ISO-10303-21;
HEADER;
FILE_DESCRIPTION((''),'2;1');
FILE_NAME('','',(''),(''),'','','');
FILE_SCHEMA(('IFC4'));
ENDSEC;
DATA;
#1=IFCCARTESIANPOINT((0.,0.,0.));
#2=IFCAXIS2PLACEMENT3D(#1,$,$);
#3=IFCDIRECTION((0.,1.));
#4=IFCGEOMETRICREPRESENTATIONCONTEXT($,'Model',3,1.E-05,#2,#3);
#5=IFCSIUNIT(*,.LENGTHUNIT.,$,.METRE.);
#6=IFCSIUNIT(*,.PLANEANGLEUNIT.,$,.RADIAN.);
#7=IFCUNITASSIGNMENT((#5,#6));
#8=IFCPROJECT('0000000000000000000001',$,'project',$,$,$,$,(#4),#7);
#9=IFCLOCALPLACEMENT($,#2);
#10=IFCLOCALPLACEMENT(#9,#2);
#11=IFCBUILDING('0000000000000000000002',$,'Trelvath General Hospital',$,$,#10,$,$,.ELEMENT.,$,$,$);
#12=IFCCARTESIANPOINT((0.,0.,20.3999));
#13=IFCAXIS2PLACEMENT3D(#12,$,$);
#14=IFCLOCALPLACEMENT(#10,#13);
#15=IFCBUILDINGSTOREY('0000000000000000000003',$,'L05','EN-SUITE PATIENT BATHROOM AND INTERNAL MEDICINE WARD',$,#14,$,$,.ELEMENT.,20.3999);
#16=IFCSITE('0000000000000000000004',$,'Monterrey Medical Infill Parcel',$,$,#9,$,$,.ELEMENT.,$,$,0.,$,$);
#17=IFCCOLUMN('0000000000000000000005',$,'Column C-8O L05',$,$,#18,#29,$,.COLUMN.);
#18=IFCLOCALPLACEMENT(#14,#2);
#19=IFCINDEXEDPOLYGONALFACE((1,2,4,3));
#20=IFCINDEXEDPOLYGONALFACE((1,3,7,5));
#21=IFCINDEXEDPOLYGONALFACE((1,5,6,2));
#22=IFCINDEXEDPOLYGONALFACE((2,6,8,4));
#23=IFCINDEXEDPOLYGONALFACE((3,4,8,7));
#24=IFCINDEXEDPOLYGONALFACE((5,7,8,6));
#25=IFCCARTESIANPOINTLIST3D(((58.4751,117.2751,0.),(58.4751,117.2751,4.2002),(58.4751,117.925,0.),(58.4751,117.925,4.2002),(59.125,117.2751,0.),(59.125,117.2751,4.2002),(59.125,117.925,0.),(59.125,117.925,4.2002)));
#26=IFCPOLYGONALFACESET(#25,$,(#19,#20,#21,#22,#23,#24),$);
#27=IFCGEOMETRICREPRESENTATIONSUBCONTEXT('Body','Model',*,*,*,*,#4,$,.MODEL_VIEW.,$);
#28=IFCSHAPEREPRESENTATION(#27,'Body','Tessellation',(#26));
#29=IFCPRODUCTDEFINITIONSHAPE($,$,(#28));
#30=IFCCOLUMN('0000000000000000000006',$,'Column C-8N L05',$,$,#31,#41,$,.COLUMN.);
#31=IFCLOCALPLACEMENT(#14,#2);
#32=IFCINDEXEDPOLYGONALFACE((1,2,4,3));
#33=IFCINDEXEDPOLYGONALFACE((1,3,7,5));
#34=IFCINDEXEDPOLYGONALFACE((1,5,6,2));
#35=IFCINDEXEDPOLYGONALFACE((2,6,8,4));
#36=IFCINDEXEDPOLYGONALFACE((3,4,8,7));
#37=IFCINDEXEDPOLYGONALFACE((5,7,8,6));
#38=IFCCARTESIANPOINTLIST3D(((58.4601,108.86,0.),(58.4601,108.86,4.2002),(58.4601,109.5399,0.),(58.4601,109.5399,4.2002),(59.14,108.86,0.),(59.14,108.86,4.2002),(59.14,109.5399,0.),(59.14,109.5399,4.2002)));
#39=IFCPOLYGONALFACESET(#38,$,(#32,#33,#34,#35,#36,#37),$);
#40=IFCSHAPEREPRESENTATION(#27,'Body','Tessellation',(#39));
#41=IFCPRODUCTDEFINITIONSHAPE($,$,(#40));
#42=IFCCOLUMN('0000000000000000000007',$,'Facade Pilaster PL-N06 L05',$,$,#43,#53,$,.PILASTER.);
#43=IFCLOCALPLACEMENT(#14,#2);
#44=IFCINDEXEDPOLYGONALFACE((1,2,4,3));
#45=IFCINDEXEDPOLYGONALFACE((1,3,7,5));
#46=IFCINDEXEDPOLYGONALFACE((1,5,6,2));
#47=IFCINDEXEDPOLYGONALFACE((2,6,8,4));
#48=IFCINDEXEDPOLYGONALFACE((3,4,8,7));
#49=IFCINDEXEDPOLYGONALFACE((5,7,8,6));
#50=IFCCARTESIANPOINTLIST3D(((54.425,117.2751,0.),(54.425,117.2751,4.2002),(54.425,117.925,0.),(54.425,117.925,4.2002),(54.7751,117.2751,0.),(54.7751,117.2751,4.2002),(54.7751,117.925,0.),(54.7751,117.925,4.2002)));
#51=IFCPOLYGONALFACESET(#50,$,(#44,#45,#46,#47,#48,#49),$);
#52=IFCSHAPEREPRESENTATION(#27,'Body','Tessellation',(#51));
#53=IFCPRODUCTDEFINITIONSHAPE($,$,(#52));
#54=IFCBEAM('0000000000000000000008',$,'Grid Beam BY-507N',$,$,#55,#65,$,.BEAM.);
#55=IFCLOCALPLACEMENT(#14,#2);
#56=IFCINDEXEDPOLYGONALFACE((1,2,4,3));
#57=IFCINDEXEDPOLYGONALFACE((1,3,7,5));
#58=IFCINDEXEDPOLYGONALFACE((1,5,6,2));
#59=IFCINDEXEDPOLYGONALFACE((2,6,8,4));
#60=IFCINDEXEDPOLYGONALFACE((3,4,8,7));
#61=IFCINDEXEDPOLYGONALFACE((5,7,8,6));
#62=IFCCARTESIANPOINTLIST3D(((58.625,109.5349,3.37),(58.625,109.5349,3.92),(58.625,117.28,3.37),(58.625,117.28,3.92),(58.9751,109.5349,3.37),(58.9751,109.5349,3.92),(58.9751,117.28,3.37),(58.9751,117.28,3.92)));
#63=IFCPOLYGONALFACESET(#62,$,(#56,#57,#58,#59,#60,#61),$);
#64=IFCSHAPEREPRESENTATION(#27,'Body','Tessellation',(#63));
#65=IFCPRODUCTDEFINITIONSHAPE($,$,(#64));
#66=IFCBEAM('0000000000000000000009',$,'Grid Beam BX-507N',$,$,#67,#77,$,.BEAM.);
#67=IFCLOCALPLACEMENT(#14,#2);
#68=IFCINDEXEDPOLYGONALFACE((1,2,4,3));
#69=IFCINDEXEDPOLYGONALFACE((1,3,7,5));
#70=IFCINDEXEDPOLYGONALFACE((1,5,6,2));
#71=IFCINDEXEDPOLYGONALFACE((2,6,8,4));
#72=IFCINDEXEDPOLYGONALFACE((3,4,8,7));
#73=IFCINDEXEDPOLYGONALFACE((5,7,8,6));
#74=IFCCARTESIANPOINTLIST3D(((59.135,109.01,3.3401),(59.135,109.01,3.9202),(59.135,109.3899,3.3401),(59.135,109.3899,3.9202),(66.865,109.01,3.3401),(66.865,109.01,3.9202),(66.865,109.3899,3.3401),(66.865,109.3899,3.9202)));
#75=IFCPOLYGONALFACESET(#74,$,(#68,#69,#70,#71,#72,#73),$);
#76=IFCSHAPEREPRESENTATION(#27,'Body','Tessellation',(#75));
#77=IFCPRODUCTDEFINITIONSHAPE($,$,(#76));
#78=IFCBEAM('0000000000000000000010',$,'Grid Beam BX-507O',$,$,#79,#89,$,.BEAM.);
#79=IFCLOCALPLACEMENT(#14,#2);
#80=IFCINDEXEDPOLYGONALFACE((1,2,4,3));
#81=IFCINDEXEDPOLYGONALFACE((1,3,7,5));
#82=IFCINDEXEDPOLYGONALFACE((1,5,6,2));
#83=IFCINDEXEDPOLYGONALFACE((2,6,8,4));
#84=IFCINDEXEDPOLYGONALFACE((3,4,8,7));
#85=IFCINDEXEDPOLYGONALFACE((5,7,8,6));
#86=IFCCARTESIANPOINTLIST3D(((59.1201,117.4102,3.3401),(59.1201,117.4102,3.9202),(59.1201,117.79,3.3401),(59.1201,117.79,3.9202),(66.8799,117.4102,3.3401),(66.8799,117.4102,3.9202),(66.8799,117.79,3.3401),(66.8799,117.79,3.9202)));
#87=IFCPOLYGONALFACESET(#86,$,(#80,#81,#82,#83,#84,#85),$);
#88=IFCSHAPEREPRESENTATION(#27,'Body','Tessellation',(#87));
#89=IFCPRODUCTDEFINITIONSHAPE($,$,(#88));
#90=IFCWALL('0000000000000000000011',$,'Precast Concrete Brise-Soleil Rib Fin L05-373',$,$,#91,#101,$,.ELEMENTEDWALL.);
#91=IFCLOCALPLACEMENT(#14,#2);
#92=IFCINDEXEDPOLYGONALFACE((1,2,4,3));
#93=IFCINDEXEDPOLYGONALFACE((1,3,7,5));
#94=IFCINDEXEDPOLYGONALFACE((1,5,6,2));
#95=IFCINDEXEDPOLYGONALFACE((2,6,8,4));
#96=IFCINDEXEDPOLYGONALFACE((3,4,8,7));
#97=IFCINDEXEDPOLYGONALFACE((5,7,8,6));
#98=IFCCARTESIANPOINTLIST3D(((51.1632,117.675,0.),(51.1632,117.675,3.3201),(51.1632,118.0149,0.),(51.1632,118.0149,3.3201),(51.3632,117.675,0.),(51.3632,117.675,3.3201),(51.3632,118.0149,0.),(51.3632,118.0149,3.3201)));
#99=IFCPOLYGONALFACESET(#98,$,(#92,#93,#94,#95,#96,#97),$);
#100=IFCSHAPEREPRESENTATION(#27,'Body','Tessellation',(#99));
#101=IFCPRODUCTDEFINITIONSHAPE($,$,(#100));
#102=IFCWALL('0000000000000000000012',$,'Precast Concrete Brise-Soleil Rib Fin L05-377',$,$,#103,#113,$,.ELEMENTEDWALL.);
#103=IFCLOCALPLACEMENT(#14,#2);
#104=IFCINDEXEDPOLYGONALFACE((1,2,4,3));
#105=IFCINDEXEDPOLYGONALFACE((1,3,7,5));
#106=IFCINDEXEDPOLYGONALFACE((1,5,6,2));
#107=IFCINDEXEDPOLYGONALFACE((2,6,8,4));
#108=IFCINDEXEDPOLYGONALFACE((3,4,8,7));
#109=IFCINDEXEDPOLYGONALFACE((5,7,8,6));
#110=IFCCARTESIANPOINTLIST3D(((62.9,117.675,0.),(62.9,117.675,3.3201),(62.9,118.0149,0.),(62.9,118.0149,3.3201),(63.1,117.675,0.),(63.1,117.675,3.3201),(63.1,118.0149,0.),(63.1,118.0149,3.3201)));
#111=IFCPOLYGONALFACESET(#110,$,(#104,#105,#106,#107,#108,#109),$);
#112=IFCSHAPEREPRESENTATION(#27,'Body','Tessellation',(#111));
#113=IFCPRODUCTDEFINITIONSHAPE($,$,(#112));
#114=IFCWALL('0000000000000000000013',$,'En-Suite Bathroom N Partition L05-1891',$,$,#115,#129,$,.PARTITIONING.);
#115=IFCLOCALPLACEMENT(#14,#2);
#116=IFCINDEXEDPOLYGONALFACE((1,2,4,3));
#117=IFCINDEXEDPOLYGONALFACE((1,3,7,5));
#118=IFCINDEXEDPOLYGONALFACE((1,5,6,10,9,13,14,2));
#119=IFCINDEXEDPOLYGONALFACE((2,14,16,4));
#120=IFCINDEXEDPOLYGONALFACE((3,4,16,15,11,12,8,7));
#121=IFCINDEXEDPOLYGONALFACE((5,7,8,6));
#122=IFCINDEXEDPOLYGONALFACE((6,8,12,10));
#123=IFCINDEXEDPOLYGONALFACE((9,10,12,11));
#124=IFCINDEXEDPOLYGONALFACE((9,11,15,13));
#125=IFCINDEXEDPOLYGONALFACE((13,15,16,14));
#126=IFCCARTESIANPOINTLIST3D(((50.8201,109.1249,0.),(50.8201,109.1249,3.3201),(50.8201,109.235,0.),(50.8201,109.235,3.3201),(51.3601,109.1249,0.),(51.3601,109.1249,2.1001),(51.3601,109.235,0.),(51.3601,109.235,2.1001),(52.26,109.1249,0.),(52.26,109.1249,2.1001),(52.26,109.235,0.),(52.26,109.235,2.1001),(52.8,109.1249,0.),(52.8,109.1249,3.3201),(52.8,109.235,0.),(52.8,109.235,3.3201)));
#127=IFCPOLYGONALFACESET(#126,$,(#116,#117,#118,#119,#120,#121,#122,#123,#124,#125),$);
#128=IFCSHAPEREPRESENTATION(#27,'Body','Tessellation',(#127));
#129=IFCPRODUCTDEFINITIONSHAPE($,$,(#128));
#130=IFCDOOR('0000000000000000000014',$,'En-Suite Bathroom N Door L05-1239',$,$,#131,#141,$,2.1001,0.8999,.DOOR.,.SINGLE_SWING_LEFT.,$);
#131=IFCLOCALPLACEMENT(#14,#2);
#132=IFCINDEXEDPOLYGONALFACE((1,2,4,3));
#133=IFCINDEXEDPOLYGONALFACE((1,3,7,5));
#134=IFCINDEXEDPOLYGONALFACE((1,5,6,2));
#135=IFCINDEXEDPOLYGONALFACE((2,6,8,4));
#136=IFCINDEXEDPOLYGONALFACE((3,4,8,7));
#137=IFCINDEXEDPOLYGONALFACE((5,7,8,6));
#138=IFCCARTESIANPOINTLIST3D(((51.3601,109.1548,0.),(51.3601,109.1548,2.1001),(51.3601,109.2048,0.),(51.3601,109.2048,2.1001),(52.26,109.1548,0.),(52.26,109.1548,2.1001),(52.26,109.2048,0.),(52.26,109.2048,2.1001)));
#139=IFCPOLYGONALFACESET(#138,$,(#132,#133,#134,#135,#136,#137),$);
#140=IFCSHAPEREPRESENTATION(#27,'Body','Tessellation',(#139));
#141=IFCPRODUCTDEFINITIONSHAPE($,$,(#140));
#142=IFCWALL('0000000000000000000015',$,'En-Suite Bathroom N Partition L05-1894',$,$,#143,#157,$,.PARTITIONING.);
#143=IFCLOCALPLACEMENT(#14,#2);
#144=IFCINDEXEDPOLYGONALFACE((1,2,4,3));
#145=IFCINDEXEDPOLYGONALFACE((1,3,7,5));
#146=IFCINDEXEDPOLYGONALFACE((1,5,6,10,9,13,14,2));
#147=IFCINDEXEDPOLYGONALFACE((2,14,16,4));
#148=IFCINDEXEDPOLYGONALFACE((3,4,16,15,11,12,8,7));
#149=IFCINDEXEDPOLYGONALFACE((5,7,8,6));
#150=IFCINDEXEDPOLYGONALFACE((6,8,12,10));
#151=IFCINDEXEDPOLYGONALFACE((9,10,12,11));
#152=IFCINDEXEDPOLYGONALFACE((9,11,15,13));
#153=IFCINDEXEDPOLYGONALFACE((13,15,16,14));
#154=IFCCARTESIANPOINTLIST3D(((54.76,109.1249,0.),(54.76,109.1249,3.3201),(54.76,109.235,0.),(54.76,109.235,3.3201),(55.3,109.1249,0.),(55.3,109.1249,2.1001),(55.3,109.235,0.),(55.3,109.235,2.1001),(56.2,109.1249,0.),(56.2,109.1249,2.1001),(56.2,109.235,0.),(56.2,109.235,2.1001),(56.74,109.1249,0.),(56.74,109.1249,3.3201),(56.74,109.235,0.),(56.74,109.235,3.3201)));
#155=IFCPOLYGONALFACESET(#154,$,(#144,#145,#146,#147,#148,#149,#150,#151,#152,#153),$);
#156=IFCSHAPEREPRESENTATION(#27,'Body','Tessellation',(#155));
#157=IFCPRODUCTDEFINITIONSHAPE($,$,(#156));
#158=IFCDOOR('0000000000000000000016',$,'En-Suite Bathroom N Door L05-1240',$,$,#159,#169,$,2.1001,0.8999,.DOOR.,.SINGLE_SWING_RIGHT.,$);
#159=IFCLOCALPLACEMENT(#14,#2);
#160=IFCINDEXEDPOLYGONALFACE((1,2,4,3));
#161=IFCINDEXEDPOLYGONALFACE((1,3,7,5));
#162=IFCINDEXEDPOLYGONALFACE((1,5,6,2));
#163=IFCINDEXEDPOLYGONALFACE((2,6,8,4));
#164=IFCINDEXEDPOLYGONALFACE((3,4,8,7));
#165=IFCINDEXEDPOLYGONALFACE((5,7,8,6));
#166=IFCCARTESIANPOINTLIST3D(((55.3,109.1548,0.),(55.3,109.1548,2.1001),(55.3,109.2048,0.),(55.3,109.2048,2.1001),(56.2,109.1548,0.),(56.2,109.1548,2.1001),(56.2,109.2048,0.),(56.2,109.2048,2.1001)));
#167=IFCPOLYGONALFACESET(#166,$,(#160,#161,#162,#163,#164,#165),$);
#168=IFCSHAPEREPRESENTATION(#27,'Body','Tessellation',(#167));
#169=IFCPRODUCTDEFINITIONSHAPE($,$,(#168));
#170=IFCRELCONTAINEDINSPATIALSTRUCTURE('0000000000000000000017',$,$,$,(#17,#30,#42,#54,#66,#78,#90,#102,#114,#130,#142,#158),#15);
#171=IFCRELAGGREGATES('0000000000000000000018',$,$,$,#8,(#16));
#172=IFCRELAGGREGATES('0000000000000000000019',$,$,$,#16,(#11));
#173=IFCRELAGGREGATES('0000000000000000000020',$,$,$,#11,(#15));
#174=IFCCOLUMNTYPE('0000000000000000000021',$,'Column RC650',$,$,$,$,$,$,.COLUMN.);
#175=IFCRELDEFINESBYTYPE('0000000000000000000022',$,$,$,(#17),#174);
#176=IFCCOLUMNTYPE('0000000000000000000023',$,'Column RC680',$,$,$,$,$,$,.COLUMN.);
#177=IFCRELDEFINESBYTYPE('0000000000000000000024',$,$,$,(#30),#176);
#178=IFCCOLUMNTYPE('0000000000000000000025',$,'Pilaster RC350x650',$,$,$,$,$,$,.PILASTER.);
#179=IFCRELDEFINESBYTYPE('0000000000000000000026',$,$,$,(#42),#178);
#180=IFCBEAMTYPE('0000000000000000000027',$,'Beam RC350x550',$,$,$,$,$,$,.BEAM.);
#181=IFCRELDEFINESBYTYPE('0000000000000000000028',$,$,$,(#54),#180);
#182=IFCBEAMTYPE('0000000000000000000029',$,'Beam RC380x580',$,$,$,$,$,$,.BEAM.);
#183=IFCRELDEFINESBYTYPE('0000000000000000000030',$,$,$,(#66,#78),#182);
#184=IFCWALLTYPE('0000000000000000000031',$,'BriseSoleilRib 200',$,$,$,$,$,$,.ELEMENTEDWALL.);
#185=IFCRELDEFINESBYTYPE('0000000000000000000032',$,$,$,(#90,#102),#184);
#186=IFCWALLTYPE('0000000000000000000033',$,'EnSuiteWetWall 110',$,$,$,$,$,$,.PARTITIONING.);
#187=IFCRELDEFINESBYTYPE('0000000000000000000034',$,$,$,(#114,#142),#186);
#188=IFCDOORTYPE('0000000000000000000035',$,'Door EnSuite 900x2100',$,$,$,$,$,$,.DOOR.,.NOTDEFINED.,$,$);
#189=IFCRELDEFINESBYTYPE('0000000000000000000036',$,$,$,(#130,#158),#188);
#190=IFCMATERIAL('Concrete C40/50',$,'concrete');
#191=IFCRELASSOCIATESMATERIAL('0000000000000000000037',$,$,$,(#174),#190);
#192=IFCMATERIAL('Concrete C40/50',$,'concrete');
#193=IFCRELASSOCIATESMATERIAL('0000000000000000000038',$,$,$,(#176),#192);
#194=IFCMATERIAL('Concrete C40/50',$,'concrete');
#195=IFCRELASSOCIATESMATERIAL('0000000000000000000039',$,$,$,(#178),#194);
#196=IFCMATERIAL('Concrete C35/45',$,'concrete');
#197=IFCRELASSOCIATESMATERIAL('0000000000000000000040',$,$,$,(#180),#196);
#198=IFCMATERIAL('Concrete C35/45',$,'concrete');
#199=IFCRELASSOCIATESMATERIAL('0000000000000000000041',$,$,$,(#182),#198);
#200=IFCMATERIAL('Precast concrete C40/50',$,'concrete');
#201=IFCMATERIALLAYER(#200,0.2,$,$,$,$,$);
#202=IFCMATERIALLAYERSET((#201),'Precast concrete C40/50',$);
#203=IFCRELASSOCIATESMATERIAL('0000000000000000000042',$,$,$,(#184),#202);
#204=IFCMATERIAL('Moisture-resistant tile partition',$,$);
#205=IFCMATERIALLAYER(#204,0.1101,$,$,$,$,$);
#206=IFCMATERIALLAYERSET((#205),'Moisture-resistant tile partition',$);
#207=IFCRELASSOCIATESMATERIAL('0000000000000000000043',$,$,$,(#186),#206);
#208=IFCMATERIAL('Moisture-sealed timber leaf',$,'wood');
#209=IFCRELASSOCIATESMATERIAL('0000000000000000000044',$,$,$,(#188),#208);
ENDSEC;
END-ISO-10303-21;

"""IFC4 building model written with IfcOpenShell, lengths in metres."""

from ifc_helpers import new_model, si_unit, direction, frame, frame_2d, origin, origin_2d, place, context, subcontext, project, spatial, rectangle, extrude, material, layer, layer_set, material_profile, profile_set, type_object, element, fill, save


model = new_model("IFC4")

# Units and contexts
model_context = context("Model", 3, precision=1e-05, world=origin(), true_north=direction((0.0, 1.0)))
body_context = subcontext(model_context, "Body", "Model", "MODEL_VIEW")
ifc_project = project(units=[si_unit("LENGTHUNIT", "METRE"), si_unit("PLANEANGLEUNIT", "RADIAN")], contexts=[model_context])

# Site, building, storey
site_placement = place(None, origin())
site = spatial("IfcSite", under=ifc_project, at=site_placement, Name="Monterrey Medical Infill Parcel", CompositionType="ELEMENT", RefElevation=0.0)
building_placement = place(site_placement, origin())
building = spatial("IfcBuilding", under=site, at=building_placement, Name="Trelvath General Hospital", CompositionType="ELEMENT")
storey_placement = place(building_placement, frame((0.0, 0.0, 20.3999)))
storey = spatial("IfcBuildingStorey", under=building, at=storey_placement, Name="L05", Description="EN-SUITE PATIENT BATHROOM AND INTERNAL MEDICINE WARD", CompositionType="ELEMENT", Elevation=20.3999)

# Columns
ifc_material_1 = material(Name="Concrete C40/50", Category="concrete")
ifc_material_profile_1 = material_profile(ifc_material_1, rectangle(XDim=0.6499, YDim=0.6499, at=origin_2d()), Name="RC650x650")
ifc_profile_set_1 = profile_set([ifc_material_profile_1], Name="Concrete C40/50")
column_type_1 = type_object("IfcColumnType", Name="Column RC650", PredefinedType="COLUMN", material=ifc_profile_set_1)
column_1_placement = place(storey_placement, frame((58.8, 117.6001, 0.0), z_axis=(0.0, 0.0, 1.0), x_axis=(1.0, 0.0, 0.0)))
element("IfcColumn", 1, at=column_1_placement, inside=storey, type_object=column_type_1, Name="Column C-8O L05", PredefinedType="COLUMN", context=body_context, shape_type="SweptSolid", body=[
    extrude(rectangle(XDim=0.6499, YDim=0.6499, at=origin_2d()), origin(), (0.0, 0.0, 1.0), 4.2002),
])
ifc_material_2 = material(Name="Concrete C40/50", Category="concrete")
ifc_material_profile_2 = material_profile(ifc_material_2, rectangle(XDim=0.6799, YDim=0.6799, at=origin_2d()), Name="RC680x680")
ifc_profile_set_2 = profile_set([ifc_material_profile_2], Name="Concrete C40/50")
column_type_2 = type_object("IfcColumnType", Name="Column RC680", PredefinedType="COLUMN", material=ifc_profile_set_2)
column_2_placement = place(storey_placement, frame((58.8, 109.2, 0.0), z_axis=(0.0, 0.0, 1.0), x_axis=(1.0, 0.0, 0.0)))
element("IfcColumn", 2, at=column_2_placement, inside=storey, type_object=column_type_2, Name="Column C-8N L05", PredefinedType="COLUMN", context=body_context, shape_type="SweptSolid", body=[
    extrude(rectangle(XDim=0.6799, YDim=0.6799, at=origin_2d()), origin(), (0.0, 0.0, 1.0), 4.2002),
])
ifc_material_3 = material(Name="Concrete C40/50", Category="concrete")
ifc_material_profile_3 = material_profile(ifc_material_3, rectangle(XDim=0.3501, YDim=0.6499, at=origin_2d()), Name="RC350x650")
ifc_profile_set_3 = profile_set([ifc_material_profile_3], Name="Concrete C40/50")
column_type_3 = type_object("IfcColumnType", Name="Pilaster RC350x650", PredefinedType="PILASTER", material=ifc_profile_set_3)
column_3_placement = place(storey_placement, frame((54.6001, 117.6001, 0.0), z_axis=(0.0, 0.0, 1.0), x_axis=(1.0, 0.0, 0.0)))
element("IfcColumn", 3, at=column_3_placement, inside=storey, type_object=column_type_3, Name="Facade Pilaster PL-N06 L05", PredefinedType="PILASTER", context=body_context, shape_type="SweptSolid", body=[
    extrude(rectangle(XDim=0.3501, YDim=0.6499, at=origin_2d()), origin(), (0.0, 0.0, 1.0), 4.2002),
])

# Beams
ifc_material_4 = material(Name="Concrete C35/45", Category="concrete")
ifc_material_profile_4 = material_profile(ifc_material_4, rectangle(XDim=0.3501, YDim=0.55, at=origin_2d()), Name="RCB350x550")
ifc_profile_set_4 = profile_set([ifc_material_profile_4], Name="Concrete C35/45")
beam_type_1 = type_object("IfcBeamType", Name="Beam RC350x550", PredefinedType="BEAM", material=ifc_profile_set_4)
beam_1_placement = place(storey_placement, frame((58.8, 109.5349, 3.645), z_axis=(0.0, 1.0, 0.0), x_axis=(-1.0, 0.0, 0.0)))
element("IfcBeam", 4, at=beam_1_placement, inside=storey, type_object=beam_type_1, Name="Grid Beam BY-507N", PredefinedType="BEAM", context=body_context, shape_type="SweptSolid", body=[
    extrude(rectangle(XDim=0.3501, YDim=0.55, at=origin_2d()), origin(), (0.0, 0.0, 1.0), 7.7451),
])
ifc_material_5 = material(Name="Concrete C35/45", Category="concrete")
ifc_material_profile_5 = material_profile(ifc_material_5, rectangle(XDim=0.3799, YDim=0.5801, at=origin_2d()), Name="RCB380x580")
ifc_profile_set_5 = profile_set([ifc_material_profile_5], Name="Concrete C35/45")
beam_type_2 = type_object("IfcBeamType", Name="Beam RC380x580", PredefinedType="BEAM", material=ifc_profile_set_5)
beam_2_placement = place(storey_placement, frame((59.135, 109.2, 3.6301), z_axis=(1.0, 0.0, 0.0), x_axis=(0.0, 1.0, 0.0)))
element("IfcBeam", 5, at=beam_2_placement, inside=storey, type_object=beam_type_2, Name="Grid Beam BX-507N", PredefinedType="BEAM", context=body_context, shape_type="SweptSolid", body=[
    extrude(rectangle(XDim=0.3799, YDim=0.5801, at=origin_2d()), origin(), (0.0, 0.0, 1.0), 7.73),
])
beam_3_placement = place(storey_placement, frame((59.1201, 117.6001, 3.6301), z_axis=(1.0, 0.0, 0.0), x_axis=(0.0, 1.0, 0.0)))
element("IfcBeam", 6, at=beam_3_placement, inside=storey, type_object=beam_type_2, Name="Grid Beam BX-507O", PredefinedType="BEAM", context=body_context, shape_type="SweptSolid", body=[
    extrude(rectangle(XDim=0.3799, YDim=0.5801, at=origin_2d()), origin(), (0.0, 0.0, 1.0), 7.7598),
])

# Walls
ifc_material_6 = material(Name="Precast concrete C40/50", Category="concrete")
ifc_layer_1 = layer(ifc_material_6, 0.2)
ifc_layer_set_1 = layer_set([ifc_layer_1], Name="Precast concrete C40/50")
wall_type_1 = type_object("IfcWallType", Name="BriseSoleilRib 200", PredefinedType="ELEMENTEDWALL", material=ifc_layer_set_1)
for number, where, z_axis, x_axis, name in (
    (7, (51.2632, 117.675, 0.0), (0.0, 0.0, 1.0), (0.0, 1.0, 0.0), "Precast Concrete Brise-Soleil Rib Fin L05-373"),
    (8, (63.0, 117.675, 0.0), (0.0, 0.0, 1.0), (0.0, 1.0, 0.0), "Precast Concrete Brise-Soleil Rib Fin L05-377"),
):
    element("IfcWall", number, at=place(storey_placement, frame(where, z_axis=z_axis, x_axis=x_axis)), inside=storey, type_object=wall_type_1, Name=name, PredefinedType="ELEMENTEDWALL", context=body_context, shape_type="SweptSolid", body=[
        extrude(rectangle(XDim=0.3398, YDim=0.2, at=frame_2d((0.1699, 0.0))), origin(), (0.0, 0.0, 1.0), 3.3201),
    ])

# Walls, openings, doors
ifc_material_7 = material(Name="Moisture-resistant tile partition")
ifc_layer_2 = layer(ifc_material_7, 0.1101)
ifc_layer_set_2 = layer_set([ifc_layer_2], Name="Moisture-resistant tile partition")
wall_type_2 = type_object("IfcWallType", Name="EnSuiteWetWall 110", PredefinedType="PARTITIONING", material=ifc_layer_set_2)
wall_1_placement = place(storey_placement, frame((50.8201, 109.1799, 0.0), z_axis=(0.0, 0.0, 1.0), x_axis=(1.0, 0.0, 0.0)))
wall_1 = element("IfcWall", 9, at=wall_1_placement, inside=storey, type_object=wall_type_2, Name="En-Suite Bathroom N Partition L05-1891", PredefinedType="PARTITIONING", context=body_context, shape_type="SweptSolid", body=[
    extrude(rectangle(XDim=1.98, YDim=0.1101, at=frame_2d((0.99, 0.0))), origin(), (0.0, 0.0, 1.0), 3.3201),
])
opening_1_placement = place(wall_1_placement, frame((0.54, 0.0, 0.0)))
opening_1 = element("IfcOpeningElement", 10, at=opening_1_placement, cuts=wall_1, PredefinedType="OPENING", context=body_context, shape_type="SweptSolid", body=[
    extrude(rectangle(XDim=0.8999, YDim=2.1001, at=frame_2d((0.45, 1.05))), frame((0.0, 0.0649, 0.0), z_axis=(0.0, -1.0, 0.0), x_axis=(1.0, 0.0, 0.0)), (0.0, 0.0, 1.0), 0.1301),
])
ifc_material_8 = material(Name="Moisture-sealed timber leaf", Category="wood")
door_type = type_object("IfcDoorType", Name="Door EnSuite 900x2100", OperationType="NOTDEFINED", PredefinedType="DOOR", material=ifc_material_8)
door_1_placement = place(opening_1_placement, origin())
door_1 = element("IfcDoor", 11, at=door_1_placement, inside=storey, type_object=door_type, Name="En-Suite Bathroom N Door L05-1239", OperationType="SINGLE_SWING_LEFT", OverallHeight=2.1001, OverallWidth=0.8999, PredefinedType="DOOR", context=body_context, shape_type="SweptSolid", body=[
    extrude(rectangle(XDim=0.8999, YDim=2.1001, at=frame_2d((0.45, 1.05))), frame((0.0, 0.0249, 0.0), z_axis=(0.0, -1.0, 0.0), x_axis=(1.0, 0.0, 0.0)), (0.0, 0.0, 1.0), 0.05),
])
fill(opening_1, door_1)
wall_2_placement = place(storey_placement, frame((54.76, 109.1799, 0.0), z_axis=(0.0, 0.0, 1.0), x_axis=(1.0, 0.0, 0.0)))
wall_2 = element("IfcWall", 12, at=wall_2_placement, inside=storey, type_object=wall_type_2, Name="En-Suite Bathroom N Partition L05-1894", PredefinedType="PARTITIONING", context=body_context, shape_type="SweptSolid", body=[
    extrude(rectangle(XDim=1.98, YDim=0.1101, at=frame_2d((0.99, 0.0))), origin(), (0.0, 0.0, 1.0), 3.3201),
])
opening_2_placement = place(wall_2_placement, frame((0.54, 0.0, 0.0)))
opening_2 = element("IfcOpeningElement", 13, at=opening_2_placement, cuts=wall_2, PredefinedType="OPENING", context=body_context, shape_type="SweptSolid", body=[
    extrude(rectangle(XDim=0.8999, YDim=2.1001, at=frame_2d((0.45, 1.05))), frame((0.0, 0.0649, 0.0), z_axis=(0.0, -1.0, 0.0), x_axis=(1.0, 0.0, 0.0)), (0.0, 0.0, 1.0), 0.1301),
])
door_2_placement = place(opening_2_placement, origin())
door_2 = element("IfcDoor", 14, at=door_2_placement, inside=storey, type_object=door_type, Name="En-Suite Bathroom N Door L05-1240", OperationType="SINGLE_SWING_RIGHT", OverallHeight=2.1001, OverallWidth=0.8999, PredefinedType="DOOR", context=body_context, shape_type="SweptSolid", body=[
    extrude(rectangle(XDim=0.8999, YDim=2.1001, at=frame_2d((0.45, 1.05))), frame((0.0, 0.0249, 0.0), z_axis=(0.0, -1.0, 0.0), x_axis=(1.0, 0.0, 0.0)), (0.0, 0.0, 1.0), 0.05),
])
fill(opening_2, door_2)

save(model, "model.ifc")
